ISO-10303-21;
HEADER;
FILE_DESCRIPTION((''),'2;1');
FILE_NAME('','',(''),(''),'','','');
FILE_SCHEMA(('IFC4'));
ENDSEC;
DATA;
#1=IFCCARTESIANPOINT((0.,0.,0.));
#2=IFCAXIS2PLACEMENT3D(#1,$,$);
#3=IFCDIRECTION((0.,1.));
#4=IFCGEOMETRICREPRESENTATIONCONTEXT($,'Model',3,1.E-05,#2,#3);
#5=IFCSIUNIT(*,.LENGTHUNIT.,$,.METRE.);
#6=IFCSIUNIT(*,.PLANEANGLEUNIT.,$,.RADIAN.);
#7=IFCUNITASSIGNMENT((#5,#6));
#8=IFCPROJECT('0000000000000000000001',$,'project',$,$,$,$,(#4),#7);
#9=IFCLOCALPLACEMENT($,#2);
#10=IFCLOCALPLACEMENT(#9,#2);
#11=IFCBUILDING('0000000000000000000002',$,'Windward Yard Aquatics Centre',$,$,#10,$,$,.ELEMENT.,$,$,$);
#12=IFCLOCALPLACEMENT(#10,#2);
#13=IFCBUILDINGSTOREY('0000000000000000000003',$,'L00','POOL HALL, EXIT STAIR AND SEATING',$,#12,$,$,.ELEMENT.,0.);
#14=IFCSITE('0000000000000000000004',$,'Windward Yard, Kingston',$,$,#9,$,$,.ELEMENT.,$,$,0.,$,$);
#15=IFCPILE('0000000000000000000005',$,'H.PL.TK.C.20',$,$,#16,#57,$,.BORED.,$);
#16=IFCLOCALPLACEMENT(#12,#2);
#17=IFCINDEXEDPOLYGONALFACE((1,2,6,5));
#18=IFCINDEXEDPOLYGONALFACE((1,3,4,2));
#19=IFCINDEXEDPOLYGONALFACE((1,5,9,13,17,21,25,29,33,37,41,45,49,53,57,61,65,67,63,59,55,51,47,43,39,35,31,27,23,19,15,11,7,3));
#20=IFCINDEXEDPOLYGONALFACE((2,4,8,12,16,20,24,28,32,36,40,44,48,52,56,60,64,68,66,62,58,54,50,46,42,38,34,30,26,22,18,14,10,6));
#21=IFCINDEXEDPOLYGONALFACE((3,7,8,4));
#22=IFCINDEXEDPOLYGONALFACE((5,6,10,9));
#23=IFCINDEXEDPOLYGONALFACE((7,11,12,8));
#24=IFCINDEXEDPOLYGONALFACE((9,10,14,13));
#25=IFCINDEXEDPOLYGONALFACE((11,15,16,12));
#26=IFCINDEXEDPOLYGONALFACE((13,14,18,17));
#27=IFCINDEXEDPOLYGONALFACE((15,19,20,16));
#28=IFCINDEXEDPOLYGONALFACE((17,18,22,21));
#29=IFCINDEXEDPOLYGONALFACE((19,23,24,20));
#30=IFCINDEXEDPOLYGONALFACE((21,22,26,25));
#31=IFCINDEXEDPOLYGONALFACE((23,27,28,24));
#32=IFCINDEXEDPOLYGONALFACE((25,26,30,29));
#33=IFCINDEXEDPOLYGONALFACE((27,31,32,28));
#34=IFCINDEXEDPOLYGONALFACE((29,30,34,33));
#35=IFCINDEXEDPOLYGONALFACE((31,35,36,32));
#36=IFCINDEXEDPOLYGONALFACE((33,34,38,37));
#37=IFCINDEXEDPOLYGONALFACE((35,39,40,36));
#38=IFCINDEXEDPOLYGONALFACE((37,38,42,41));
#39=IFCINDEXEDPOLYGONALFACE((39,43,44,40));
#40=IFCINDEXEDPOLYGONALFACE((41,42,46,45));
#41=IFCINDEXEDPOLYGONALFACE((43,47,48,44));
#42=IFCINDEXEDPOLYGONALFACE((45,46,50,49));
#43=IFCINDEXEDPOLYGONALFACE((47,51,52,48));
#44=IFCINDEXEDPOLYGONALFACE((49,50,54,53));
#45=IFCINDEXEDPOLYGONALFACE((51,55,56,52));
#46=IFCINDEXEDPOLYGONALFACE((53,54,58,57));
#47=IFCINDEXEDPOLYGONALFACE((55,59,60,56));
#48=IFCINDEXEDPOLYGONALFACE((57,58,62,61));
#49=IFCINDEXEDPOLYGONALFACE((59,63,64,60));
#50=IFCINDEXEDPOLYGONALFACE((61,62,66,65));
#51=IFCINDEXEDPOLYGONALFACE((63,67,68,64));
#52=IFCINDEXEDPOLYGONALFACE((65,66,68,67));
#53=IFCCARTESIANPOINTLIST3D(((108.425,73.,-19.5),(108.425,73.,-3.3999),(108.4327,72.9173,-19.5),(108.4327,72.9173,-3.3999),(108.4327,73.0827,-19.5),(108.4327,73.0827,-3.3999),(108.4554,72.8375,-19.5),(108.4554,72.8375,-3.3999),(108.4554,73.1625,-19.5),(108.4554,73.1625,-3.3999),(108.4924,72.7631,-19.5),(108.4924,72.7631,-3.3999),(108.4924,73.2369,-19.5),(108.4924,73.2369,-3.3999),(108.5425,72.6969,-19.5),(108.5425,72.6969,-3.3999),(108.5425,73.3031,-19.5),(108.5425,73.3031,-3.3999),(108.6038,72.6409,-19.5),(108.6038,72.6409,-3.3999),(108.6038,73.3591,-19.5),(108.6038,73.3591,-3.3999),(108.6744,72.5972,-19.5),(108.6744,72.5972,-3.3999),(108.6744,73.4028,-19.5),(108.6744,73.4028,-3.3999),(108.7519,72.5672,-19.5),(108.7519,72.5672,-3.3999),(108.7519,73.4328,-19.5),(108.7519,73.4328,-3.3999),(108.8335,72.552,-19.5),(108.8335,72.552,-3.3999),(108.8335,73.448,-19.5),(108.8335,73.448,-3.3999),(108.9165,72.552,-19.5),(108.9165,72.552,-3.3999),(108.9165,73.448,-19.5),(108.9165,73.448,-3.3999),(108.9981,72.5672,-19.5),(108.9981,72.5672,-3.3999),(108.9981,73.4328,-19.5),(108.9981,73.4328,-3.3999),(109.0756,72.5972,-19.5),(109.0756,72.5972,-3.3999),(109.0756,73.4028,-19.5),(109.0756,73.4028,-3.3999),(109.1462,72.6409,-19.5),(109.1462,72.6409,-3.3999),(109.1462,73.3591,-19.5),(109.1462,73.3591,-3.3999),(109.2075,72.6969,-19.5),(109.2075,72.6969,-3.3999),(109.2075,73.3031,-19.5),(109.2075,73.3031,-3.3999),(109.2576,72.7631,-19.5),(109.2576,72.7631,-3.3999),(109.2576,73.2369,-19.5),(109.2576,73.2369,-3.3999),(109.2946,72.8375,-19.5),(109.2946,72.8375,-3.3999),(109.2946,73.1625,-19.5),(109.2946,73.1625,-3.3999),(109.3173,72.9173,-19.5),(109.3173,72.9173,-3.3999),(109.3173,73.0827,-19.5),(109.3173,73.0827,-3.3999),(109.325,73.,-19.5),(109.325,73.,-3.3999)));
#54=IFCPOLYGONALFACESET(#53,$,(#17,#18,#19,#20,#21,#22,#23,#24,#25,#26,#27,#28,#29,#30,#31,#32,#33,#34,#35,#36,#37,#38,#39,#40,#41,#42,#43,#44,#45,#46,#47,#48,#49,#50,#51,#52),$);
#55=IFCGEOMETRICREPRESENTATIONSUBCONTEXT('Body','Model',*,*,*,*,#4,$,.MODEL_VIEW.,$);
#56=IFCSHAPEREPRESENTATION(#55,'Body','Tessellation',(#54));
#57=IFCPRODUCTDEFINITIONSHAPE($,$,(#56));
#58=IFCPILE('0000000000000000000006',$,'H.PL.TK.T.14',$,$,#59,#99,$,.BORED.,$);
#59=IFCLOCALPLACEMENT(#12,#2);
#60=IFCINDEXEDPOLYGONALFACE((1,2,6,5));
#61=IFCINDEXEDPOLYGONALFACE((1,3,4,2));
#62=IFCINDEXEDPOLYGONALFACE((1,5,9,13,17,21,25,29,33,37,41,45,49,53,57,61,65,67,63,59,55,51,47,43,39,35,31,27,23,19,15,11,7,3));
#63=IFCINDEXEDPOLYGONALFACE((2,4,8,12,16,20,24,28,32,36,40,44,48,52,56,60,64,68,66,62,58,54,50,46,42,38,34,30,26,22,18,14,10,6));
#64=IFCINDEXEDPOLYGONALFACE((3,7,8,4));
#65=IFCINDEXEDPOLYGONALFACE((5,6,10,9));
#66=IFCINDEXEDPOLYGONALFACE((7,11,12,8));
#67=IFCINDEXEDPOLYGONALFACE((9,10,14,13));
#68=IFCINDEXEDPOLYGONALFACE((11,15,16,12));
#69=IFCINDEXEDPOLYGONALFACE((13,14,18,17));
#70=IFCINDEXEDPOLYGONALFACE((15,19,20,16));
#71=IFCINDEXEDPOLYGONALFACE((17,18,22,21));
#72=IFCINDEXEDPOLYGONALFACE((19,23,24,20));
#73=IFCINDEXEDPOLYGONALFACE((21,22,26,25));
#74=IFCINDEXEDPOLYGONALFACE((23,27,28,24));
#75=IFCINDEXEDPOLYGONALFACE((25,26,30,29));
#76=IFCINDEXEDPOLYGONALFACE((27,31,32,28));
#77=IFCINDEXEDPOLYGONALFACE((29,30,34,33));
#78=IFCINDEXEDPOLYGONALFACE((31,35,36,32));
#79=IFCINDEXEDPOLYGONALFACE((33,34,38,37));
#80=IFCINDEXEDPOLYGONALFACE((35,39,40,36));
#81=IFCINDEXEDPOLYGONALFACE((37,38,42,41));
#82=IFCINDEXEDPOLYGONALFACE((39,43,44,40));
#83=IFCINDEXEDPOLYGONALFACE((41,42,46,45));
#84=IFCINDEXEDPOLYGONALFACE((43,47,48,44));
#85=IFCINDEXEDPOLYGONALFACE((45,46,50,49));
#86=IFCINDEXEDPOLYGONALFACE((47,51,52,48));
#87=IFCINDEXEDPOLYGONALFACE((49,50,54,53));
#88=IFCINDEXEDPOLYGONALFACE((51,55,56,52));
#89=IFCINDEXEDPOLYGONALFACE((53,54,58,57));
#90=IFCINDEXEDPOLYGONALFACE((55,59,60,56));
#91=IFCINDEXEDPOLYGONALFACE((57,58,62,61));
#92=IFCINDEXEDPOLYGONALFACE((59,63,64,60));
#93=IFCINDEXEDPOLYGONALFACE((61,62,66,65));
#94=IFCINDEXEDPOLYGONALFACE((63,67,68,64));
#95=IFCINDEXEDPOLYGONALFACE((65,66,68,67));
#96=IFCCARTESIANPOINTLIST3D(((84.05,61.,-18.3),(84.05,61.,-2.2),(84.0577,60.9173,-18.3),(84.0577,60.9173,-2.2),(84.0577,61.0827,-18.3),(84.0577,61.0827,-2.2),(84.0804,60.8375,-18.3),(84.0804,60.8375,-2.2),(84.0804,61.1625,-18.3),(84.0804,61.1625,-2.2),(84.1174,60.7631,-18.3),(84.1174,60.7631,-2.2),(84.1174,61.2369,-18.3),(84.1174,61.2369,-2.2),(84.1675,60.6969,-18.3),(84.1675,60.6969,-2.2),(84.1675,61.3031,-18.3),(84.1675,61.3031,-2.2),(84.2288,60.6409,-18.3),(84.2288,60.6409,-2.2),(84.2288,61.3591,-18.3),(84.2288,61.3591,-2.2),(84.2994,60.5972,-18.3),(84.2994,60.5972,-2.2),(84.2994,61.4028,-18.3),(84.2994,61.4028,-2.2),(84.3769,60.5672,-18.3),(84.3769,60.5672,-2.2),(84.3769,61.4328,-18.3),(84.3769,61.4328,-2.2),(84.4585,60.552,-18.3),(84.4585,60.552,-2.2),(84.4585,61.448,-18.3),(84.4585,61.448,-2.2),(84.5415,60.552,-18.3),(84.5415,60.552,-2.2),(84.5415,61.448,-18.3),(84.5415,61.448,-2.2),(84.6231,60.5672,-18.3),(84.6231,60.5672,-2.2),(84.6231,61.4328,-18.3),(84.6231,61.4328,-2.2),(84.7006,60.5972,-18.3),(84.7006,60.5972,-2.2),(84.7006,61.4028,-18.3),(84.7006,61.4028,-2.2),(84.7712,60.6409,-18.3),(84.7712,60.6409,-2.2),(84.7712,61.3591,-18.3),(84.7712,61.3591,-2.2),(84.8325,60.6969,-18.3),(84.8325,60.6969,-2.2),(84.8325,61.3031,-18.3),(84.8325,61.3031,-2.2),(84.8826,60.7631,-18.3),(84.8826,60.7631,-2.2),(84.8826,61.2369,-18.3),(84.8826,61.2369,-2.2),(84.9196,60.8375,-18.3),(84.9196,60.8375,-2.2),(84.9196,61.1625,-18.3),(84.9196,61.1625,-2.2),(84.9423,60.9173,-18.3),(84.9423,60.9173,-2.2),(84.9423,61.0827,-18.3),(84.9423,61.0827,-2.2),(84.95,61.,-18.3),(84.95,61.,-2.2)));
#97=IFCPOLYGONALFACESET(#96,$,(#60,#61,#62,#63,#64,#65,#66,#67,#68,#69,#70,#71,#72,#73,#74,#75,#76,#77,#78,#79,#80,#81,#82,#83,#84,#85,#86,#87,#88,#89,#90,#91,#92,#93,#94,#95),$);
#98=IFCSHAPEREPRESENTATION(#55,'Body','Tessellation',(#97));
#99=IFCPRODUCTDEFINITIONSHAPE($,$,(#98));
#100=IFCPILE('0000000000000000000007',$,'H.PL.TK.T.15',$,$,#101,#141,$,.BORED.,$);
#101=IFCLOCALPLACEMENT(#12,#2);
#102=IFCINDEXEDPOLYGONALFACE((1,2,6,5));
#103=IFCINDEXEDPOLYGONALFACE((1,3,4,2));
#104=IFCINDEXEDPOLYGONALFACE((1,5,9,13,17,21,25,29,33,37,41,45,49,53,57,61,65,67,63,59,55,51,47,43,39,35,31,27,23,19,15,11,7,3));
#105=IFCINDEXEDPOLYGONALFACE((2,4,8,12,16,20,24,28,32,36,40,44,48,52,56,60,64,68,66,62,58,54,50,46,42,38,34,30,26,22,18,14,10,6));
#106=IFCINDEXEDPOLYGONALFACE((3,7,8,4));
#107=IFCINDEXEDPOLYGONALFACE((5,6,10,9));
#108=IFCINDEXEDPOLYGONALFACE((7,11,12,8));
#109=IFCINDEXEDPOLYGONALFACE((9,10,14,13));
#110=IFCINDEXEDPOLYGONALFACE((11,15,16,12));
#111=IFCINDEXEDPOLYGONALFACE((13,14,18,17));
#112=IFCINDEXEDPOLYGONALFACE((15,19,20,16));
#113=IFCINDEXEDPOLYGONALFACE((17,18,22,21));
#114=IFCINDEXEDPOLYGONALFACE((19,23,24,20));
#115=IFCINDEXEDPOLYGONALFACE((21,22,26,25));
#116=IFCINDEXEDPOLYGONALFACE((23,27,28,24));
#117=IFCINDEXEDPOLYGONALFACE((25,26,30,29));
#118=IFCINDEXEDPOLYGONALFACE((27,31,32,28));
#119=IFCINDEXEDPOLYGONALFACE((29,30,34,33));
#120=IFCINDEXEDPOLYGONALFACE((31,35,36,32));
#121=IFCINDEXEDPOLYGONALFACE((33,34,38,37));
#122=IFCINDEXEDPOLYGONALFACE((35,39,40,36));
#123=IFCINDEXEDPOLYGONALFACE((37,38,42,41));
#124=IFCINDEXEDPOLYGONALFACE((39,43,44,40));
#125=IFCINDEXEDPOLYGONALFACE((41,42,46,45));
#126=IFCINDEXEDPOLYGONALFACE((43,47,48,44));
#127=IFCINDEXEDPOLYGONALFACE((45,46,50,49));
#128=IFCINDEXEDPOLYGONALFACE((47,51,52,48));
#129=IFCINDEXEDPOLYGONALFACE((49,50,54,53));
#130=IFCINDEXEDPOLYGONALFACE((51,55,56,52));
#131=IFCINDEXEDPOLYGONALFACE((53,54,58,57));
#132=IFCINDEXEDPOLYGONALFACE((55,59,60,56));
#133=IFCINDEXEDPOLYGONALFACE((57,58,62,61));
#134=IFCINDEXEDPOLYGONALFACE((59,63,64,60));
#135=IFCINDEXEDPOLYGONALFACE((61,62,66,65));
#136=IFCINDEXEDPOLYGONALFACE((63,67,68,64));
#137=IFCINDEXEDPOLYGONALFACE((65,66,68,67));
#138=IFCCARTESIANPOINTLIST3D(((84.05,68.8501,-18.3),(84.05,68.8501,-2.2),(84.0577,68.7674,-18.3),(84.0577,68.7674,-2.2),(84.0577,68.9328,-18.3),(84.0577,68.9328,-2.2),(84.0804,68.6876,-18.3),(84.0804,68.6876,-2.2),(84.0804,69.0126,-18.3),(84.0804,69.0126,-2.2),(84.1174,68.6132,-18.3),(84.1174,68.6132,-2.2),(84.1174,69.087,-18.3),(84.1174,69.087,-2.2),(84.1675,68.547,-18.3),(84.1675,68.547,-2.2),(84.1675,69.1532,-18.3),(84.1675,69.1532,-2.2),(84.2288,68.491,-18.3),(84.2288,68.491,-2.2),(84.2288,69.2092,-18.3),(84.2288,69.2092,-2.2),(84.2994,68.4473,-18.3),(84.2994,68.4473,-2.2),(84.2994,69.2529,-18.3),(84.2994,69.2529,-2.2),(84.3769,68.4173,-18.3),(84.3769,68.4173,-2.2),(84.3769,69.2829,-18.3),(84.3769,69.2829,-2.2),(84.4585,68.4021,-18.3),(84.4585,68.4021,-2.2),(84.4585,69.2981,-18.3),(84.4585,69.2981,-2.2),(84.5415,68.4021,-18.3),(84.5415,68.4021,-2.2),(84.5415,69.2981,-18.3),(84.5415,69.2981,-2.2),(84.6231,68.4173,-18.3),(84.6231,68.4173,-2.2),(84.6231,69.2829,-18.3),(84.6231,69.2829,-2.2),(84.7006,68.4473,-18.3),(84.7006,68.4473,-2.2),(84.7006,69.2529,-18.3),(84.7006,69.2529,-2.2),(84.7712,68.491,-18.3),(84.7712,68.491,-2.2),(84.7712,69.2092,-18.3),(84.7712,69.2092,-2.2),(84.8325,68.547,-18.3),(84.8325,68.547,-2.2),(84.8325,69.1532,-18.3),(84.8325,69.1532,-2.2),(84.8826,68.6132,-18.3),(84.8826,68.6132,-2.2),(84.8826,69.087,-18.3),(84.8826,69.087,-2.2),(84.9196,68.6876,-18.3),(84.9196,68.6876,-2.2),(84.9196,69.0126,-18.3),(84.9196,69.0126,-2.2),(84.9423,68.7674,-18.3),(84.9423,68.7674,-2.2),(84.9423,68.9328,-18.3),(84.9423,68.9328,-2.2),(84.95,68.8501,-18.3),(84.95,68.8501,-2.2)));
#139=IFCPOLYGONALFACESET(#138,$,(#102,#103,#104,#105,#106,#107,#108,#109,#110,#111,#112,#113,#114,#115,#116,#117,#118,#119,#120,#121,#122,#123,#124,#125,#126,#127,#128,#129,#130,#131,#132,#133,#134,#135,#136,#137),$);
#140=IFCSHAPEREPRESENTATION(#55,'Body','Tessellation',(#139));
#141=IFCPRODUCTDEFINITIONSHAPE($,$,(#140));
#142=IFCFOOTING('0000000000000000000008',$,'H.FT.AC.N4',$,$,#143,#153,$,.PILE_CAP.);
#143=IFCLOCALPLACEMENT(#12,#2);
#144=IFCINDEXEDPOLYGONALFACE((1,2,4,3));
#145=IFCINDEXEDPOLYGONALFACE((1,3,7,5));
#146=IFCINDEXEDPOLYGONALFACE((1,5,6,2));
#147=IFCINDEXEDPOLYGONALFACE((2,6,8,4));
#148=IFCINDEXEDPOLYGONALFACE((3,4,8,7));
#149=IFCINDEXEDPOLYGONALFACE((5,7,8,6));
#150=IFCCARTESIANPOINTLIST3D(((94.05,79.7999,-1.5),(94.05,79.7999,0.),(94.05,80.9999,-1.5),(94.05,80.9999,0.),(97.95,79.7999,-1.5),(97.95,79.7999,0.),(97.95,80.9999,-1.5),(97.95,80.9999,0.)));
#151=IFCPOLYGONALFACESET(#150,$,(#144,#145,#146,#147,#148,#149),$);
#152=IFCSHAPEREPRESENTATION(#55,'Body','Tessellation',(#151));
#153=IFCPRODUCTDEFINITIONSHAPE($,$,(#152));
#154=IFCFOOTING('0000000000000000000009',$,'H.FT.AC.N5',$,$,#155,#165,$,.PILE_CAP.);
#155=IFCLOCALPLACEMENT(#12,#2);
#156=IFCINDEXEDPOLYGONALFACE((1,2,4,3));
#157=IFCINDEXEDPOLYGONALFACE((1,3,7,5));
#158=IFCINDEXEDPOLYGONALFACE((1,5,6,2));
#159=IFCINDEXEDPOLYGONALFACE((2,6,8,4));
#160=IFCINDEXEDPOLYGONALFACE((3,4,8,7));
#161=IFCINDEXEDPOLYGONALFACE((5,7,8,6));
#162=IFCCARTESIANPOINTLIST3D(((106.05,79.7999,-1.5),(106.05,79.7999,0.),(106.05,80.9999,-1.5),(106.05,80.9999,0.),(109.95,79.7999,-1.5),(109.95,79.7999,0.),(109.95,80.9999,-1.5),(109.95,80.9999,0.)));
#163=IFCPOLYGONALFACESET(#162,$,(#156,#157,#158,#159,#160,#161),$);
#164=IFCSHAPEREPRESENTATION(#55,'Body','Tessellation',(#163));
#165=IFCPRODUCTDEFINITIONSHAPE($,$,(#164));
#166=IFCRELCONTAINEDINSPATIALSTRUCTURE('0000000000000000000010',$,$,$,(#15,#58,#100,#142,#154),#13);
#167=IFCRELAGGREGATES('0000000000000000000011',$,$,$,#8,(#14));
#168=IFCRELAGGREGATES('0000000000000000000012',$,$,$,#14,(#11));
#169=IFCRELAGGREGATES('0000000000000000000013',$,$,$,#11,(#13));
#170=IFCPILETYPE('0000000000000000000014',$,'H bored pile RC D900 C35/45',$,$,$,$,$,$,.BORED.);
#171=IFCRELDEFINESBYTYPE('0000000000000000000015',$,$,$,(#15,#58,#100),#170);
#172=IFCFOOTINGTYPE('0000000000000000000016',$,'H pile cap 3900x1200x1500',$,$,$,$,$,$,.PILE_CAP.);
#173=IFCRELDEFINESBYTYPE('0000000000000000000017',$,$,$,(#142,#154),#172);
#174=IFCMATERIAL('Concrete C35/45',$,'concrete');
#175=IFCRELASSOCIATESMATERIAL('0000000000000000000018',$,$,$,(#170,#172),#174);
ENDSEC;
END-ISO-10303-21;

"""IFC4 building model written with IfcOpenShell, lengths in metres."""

from ifc_helpers import new_model, si_unit, direction, frame, origin, origin_2d, place, context, subcontext, project, spatial, rectangle, circle, extrude, material, material_profile, profile_set, type_object, element, save


model = new_model("IFC4")

# Units and contexts
model_context = context("Model", 3, precision=1e-05, world=origin(), true_north=direction((0.0, 1.0)))
body_context = subcontext(model_context, "Body", "Model", "MODEL_VIEW")
ifc_project = project(units=[si_unit("LENGTHUNIT", "METRE"), si_unit("PLANEANGLEUNIT", "RADIAN")], contexts=[model_context])

# Site, building, storey
site_placement = place(None, origin())
site = spatial("IfcSite", under=ifc_project, at=site_placement, Name="Windward Yard, Kingston", CompositionType="ELEMENT", RefElevation=0.0)
building_placement = place(site_placement, origin())
building = spatial("IfcBuilding", under=site, at=building_placement, Name="Windward Yard Aquatics Centre", CompositionType="ELEMENT")
storey_placement = place(building_placement, origin())
storey = spatial("IfcBuildingStorey", under=building, at=storey_placement, Name="L00", Description="POOL HALL, EXIT STAIR AND SEATING", CompositionType="ELEMENT", Elevation=0.0)

# Piles
ifc_material_1 = material(Name="Concrete C35/45", Category="concrete")
ifc_material_profile_1 = material_profile(ifc_material_1, circle(Radius=0.45, at=origin_2d()), Name="RC D900")
ifc_profile_set_1 = profile_set([ifc_material_profile_1], Name="Concrete C35/45")
pile_type = type_object("IfcPileType", Name="H bored pile RC D900 C35/45", PredefinedType="BORED", material=ifc_profile_set_1)
for number, where, z_axis, x_axis, name in (
    (1, (108.875, 73.0, -3.3999), (0.0, 0.0, -1.0), (1.0, 0.0, 0.0), "H.PL.TK.C.20"),
    (2, (84.5, 61.0, -2.2), (0.0, 0.0, -1.0), (1.0, 0.0, 0.0), "H.PL.TK.T.14"),
    (3, (84.5, 68.8501, -2.2), (0.0, 0.0, -1.0), (1.0, 0.0, 0.0), "H.PL.TK.T.15"),
):
    element("IfcPile", number, at=place(storey_placement, frame(where, z_axis=z_axis, x_axis=x_axis)), inside=storey, type_object=pile_type, Name=name, PredefinedType="BORED", context=body_context, shape_type="SweptSolid", body=[
        extrude(circle(Radius=0.45, at=origin_2d()), origin(), (0.0, 0.0, 1.0), 16.1001),
    ])

# Footings
footing_type = type_object("IfcFootingType", Name="H pile cap 3900x1200x1500", PredefinedType="PILE_CAP", material=ifc_material_1)
for number, where, z_axis, x_axis, name in (
    (4, (96.0, 80.3999, -1.5), (0.0, 0.0, 1.0), (1.0, 0.0, 0.0), "H.FT.AC.N4"),
    (5, (108.0, 80.3999, -1.5), (0.0, 0.0, 1.0), (1.0, 0.0, 0.0), "H.FT.AC.N5"),
):
    element("IfcFooting", number, at=place(storey_placement, frame(where, z_axis=z_axis, x_axis=x_axis)), inside=storey, type_object=footing_type, Name=name, PredefinedType="PILE_CAP", context=body_context, shape_type="SweptSolid", body=[
        extrude(rectangle(XDim=3.8999, YDim=1.2, at=origin_2d()), origin(), (0.0, 0.0, 1.0), 1.5),
    ])

save(model, "model.ifc")
